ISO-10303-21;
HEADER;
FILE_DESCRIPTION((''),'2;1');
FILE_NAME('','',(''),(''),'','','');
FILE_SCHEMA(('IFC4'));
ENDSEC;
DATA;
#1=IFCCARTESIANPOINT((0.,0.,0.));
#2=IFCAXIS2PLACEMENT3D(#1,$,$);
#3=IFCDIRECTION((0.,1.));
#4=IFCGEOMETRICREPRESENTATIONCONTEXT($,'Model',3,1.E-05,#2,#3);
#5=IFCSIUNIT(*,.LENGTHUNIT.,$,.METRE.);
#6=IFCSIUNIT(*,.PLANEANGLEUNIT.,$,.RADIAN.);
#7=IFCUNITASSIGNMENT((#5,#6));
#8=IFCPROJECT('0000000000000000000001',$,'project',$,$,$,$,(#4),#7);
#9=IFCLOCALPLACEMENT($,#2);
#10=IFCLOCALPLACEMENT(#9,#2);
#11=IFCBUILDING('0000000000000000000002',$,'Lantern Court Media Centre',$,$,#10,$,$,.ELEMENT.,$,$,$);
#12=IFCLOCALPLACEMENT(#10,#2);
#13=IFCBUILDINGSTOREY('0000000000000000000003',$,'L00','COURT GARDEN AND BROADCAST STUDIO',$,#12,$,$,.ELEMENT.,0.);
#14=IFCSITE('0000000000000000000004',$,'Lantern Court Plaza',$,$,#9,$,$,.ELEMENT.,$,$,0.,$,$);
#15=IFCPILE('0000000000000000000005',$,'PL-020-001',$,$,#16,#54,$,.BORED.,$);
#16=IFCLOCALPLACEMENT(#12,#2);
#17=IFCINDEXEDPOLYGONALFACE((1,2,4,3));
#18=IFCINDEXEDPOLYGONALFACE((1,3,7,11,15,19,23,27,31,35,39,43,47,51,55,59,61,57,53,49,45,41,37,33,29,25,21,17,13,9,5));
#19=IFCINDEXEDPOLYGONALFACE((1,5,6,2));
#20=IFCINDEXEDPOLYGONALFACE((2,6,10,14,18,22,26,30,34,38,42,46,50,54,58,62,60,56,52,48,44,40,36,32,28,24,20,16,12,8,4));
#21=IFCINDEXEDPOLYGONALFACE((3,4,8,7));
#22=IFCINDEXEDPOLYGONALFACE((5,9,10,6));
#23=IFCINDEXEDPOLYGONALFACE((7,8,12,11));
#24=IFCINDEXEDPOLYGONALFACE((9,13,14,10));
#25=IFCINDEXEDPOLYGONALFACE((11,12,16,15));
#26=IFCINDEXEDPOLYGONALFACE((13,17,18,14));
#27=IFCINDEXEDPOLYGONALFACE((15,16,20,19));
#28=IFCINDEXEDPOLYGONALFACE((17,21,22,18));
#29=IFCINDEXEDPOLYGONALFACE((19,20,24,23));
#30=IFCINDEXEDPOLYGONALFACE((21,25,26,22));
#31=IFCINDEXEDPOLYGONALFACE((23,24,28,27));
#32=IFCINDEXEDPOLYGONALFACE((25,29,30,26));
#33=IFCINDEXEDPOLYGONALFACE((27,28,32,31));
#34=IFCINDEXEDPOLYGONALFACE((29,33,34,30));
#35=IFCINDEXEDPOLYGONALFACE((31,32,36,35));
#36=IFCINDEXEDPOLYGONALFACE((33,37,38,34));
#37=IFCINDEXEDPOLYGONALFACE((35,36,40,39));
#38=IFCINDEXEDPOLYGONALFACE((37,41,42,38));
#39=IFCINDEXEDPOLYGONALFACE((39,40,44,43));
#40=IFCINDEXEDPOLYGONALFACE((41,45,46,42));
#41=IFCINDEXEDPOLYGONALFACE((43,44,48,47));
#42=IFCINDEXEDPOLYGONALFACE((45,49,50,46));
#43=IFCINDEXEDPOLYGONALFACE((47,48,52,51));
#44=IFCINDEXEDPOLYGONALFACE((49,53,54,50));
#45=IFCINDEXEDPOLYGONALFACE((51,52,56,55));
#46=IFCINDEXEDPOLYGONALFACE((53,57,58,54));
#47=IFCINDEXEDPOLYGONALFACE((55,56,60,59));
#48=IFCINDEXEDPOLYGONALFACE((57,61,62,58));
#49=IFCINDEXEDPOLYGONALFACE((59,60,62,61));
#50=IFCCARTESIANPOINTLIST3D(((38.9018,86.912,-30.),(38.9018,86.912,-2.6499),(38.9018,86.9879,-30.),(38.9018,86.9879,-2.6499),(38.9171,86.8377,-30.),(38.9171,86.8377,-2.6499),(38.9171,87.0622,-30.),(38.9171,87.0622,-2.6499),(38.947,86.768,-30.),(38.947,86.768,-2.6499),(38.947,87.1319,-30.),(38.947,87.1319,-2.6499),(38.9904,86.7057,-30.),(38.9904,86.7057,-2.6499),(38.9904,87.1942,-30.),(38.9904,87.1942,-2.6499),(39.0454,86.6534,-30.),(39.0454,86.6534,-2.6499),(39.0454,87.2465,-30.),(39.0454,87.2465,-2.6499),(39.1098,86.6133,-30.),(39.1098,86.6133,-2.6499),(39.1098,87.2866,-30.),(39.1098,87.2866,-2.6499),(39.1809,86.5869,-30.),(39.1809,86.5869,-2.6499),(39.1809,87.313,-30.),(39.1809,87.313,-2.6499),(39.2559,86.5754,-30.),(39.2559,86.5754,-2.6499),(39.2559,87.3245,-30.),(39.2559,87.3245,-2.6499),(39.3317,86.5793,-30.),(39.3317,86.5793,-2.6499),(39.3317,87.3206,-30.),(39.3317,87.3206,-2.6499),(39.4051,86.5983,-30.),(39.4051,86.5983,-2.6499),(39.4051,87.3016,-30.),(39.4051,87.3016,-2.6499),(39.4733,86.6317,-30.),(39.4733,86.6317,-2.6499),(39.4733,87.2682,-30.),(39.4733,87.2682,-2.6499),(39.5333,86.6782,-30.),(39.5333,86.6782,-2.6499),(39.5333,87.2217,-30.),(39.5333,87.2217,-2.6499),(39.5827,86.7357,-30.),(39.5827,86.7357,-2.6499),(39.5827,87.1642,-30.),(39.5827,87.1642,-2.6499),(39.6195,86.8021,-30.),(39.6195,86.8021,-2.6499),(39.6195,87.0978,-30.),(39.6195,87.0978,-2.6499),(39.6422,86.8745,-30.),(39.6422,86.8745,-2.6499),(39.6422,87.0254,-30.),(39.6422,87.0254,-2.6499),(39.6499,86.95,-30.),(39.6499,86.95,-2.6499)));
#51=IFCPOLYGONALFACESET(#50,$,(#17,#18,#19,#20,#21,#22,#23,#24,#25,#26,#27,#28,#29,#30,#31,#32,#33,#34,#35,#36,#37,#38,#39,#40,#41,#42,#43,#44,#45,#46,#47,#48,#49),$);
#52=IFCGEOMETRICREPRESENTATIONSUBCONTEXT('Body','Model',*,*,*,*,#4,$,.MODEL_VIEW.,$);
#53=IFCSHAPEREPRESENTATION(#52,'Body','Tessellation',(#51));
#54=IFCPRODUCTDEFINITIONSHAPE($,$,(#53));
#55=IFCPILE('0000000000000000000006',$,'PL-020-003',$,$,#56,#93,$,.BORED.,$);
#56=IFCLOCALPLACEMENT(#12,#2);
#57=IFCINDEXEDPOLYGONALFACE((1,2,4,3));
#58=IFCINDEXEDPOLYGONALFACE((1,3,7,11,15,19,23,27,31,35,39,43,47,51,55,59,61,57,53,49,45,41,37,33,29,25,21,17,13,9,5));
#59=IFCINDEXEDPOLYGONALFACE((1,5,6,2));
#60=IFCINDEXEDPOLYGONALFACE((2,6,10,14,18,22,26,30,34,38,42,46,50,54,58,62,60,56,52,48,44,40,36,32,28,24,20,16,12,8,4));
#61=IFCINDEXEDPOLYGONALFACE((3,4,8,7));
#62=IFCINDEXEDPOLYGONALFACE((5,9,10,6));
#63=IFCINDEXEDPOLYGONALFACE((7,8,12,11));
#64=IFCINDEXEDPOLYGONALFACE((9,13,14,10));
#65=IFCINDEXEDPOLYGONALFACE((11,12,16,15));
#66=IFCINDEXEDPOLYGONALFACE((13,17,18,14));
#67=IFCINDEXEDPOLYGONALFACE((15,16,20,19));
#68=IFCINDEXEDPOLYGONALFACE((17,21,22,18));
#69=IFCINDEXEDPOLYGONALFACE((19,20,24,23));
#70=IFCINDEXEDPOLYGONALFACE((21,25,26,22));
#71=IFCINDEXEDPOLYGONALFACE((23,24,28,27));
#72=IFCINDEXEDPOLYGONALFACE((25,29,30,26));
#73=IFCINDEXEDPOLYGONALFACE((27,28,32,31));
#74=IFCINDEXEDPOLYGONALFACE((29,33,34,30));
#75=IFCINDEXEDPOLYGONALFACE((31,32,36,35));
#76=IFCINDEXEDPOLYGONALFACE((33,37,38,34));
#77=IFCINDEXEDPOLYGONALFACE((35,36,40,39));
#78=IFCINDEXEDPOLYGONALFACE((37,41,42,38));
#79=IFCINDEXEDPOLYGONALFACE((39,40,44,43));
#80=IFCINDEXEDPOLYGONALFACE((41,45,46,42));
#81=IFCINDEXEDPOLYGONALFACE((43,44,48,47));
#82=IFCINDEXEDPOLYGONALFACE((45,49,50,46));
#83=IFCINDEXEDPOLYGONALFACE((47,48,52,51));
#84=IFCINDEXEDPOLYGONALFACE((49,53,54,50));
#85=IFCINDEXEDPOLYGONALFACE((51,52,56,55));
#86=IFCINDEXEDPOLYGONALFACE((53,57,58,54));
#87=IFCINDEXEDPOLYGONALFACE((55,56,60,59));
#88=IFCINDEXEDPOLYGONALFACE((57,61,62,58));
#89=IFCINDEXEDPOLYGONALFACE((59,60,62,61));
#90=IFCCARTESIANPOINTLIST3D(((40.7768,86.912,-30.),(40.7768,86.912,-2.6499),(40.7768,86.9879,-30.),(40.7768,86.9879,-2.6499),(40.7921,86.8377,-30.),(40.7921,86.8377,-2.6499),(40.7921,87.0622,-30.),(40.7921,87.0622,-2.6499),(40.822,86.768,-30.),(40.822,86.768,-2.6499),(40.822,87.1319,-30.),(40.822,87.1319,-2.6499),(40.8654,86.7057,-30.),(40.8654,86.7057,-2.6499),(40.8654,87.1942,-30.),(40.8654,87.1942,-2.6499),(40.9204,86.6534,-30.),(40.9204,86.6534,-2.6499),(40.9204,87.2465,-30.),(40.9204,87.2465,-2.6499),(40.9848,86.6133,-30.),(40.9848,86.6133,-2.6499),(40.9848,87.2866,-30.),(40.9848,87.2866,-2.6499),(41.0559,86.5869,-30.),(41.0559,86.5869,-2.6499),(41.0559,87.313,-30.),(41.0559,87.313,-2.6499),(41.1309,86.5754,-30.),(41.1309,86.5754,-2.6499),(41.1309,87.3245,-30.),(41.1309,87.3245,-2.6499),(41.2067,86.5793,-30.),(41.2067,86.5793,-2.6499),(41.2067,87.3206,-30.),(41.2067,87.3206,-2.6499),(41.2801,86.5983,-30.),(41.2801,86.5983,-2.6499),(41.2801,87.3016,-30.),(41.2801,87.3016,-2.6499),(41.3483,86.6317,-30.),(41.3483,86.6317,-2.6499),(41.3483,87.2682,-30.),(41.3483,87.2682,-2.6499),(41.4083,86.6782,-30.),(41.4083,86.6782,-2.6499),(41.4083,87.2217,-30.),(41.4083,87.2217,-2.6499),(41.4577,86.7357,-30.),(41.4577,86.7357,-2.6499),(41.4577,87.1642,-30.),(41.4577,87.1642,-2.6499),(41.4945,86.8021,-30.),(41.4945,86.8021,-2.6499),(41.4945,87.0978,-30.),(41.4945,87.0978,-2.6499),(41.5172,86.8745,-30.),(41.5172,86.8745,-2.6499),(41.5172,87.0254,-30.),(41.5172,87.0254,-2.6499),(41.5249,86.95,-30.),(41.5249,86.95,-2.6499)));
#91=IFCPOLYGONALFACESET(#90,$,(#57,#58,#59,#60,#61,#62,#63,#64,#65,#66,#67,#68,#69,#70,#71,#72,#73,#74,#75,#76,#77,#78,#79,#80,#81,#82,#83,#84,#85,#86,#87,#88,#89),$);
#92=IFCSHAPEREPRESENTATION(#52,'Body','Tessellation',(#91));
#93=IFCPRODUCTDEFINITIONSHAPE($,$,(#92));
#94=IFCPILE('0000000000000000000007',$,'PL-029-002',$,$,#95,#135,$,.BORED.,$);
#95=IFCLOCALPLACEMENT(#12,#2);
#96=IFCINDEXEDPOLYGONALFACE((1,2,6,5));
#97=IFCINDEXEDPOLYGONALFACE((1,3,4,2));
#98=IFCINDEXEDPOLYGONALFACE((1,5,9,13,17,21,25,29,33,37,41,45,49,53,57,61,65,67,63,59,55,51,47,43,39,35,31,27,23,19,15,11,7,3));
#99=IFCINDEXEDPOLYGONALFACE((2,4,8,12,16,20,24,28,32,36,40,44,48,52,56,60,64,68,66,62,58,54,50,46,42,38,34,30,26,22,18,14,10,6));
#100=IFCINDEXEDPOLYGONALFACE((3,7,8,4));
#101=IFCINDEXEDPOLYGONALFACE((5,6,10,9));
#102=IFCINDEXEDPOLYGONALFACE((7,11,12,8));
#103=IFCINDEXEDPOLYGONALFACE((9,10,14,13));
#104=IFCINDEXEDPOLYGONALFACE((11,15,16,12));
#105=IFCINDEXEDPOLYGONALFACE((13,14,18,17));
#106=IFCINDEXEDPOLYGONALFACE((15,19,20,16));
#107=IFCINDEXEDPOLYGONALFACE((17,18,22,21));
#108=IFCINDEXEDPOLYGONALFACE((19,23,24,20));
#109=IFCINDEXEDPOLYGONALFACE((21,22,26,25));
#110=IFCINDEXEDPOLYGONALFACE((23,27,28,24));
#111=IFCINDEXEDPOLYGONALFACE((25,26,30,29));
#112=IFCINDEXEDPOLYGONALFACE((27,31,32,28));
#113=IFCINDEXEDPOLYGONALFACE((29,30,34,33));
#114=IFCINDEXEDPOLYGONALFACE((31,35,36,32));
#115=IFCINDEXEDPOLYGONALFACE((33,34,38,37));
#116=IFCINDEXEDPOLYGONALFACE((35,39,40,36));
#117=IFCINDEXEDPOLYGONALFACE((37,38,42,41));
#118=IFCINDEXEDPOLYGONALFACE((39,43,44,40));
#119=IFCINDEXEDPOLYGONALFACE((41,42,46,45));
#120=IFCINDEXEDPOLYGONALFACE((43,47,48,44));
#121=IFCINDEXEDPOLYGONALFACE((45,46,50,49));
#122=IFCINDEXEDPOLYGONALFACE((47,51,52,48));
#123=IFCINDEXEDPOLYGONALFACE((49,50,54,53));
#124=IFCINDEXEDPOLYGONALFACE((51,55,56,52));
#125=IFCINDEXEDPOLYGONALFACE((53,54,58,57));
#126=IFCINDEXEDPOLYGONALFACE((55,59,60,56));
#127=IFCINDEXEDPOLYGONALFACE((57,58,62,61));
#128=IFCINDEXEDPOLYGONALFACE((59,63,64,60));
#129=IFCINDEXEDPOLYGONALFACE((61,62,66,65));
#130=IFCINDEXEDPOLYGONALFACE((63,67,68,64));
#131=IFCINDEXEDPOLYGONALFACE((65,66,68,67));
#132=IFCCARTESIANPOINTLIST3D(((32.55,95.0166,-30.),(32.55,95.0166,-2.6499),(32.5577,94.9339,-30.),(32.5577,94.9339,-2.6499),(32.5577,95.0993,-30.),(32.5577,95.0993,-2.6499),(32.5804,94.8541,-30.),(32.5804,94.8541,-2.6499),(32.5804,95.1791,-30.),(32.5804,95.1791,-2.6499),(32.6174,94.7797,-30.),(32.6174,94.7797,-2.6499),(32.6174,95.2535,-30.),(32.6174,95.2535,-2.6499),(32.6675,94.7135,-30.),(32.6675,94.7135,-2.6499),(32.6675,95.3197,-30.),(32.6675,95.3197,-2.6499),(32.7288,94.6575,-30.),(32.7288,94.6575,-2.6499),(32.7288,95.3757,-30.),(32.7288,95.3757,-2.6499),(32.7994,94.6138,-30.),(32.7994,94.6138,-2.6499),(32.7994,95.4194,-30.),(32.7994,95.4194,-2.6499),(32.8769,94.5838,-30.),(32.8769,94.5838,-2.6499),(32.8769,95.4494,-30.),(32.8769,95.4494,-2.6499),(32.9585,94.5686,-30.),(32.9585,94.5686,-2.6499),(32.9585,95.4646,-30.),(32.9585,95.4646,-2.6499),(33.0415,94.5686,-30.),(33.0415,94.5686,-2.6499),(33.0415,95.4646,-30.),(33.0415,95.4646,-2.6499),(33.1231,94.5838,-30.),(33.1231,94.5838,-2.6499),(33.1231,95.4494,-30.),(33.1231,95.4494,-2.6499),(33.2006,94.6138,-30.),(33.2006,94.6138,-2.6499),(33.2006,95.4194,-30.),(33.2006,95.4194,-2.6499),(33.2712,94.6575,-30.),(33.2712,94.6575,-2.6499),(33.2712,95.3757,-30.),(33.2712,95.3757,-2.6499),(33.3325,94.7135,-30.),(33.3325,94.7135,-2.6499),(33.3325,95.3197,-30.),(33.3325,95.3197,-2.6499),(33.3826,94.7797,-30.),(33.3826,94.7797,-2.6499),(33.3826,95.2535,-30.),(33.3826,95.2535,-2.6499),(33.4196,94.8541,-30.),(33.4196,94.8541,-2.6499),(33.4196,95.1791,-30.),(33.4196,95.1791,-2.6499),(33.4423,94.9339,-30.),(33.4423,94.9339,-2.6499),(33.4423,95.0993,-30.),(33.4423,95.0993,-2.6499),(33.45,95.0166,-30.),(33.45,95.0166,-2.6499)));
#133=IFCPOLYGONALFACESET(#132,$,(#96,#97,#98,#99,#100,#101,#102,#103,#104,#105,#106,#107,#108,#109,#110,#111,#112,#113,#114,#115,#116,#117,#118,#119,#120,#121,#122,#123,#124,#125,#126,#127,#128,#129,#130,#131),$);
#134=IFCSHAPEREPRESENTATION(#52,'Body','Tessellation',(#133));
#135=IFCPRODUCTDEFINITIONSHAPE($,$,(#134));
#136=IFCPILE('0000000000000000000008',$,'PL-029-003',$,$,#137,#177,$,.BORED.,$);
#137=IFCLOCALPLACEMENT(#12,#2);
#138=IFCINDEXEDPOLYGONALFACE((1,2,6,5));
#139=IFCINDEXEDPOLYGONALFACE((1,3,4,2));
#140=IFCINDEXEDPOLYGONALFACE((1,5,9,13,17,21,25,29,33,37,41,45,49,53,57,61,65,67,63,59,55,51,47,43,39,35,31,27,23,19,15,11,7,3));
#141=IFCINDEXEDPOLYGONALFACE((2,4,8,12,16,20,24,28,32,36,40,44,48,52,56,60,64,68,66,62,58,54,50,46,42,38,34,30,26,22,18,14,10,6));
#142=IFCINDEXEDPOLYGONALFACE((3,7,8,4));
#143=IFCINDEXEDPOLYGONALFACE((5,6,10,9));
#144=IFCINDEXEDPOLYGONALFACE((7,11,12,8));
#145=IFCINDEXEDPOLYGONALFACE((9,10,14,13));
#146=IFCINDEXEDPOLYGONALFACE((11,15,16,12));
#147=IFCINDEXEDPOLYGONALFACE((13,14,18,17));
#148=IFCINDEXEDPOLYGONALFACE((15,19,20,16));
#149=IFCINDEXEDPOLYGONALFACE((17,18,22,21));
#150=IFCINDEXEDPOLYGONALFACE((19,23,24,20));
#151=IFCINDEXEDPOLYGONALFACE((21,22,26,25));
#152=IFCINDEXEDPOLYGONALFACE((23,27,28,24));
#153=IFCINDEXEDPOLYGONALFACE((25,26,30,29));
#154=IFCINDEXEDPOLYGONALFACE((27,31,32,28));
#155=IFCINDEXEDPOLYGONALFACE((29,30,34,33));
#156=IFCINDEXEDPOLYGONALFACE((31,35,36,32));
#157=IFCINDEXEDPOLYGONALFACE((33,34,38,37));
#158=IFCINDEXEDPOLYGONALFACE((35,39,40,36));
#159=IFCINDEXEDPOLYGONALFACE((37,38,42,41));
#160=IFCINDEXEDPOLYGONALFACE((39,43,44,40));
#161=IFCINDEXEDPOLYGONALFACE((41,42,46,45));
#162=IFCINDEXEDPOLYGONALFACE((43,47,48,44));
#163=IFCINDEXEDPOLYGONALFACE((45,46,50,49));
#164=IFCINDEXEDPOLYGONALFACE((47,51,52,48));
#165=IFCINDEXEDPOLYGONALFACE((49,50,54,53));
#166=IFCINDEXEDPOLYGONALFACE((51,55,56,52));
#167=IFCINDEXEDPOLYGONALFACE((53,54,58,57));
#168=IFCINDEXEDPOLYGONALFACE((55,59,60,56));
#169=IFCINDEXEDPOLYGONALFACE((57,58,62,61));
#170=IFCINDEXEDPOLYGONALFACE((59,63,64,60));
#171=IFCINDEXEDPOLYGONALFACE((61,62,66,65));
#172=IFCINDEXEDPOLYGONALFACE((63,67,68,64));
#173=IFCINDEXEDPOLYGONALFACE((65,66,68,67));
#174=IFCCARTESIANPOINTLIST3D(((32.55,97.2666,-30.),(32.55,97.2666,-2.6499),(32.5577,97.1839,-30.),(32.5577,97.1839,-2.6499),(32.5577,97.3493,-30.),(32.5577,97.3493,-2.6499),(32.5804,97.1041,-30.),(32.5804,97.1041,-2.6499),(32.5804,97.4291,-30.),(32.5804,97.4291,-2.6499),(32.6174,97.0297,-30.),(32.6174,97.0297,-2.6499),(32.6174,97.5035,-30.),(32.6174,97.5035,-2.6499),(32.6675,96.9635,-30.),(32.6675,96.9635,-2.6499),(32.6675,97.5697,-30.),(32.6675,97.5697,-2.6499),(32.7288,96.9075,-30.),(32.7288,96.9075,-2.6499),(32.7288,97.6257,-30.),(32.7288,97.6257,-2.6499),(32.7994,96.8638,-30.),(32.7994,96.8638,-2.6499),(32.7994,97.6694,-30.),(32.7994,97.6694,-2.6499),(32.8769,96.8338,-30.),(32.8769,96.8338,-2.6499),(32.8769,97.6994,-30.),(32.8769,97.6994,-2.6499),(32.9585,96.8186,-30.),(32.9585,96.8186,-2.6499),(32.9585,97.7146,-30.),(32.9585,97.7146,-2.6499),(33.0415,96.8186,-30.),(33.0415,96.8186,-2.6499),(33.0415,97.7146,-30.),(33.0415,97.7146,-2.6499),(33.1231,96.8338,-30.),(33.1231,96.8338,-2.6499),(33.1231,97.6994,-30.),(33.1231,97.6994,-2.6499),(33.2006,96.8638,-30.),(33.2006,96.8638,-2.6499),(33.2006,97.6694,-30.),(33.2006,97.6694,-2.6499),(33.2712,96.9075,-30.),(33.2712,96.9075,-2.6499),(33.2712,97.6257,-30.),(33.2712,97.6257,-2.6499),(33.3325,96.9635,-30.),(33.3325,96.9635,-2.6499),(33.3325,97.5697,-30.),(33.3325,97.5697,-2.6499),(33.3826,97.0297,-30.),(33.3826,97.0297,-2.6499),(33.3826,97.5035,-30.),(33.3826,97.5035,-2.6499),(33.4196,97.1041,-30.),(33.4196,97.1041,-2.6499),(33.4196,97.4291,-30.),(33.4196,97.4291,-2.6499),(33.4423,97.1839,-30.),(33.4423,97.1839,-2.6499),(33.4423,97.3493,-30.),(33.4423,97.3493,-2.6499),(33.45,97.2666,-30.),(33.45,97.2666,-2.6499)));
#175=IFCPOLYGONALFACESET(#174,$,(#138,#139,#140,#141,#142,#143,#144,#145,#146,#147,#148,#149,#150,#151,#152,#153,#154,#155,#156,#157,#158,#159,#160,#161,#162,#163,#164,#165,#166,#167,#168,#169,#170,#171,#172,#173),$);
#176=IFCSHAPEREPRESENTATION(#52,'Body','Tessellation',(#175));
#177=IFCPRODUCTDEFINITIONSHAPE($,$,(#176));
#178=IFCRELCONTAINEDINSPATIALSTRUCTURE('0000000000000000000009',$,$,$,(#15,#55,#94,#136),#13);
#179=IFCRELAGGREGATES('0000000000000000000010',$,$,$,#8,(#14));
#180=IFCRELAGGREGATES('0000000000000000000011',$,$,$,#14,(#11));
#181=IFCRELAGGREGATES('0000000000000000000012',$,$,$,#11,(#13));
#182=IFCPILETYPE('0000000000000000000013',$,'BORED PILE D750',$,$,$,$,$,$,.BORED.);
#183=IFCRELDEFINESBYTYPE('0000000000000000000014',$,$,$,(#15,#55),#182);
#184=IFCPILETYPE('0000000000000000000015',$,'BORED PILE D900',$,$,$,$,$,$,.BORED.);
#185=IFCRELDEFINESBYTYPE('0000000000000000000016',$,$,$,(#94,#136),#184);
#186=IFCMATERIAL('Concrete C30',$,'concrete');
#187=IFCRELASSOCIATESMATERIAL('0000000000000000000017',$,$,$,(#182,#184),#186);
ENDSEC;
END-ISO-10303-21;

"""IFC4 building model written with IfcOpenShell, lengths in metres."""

from ifc_helpers import new_model, si_unit, direction, frame, origin, origin_2d, place, context, subcontext, project, spatial, circle, extrude, material, material_profile, profile_set, type_object, element, save


model = new_model("IFC4")

# Units and contexts
model_context = context("Model", 3, precision=1e-05, world=origin(), true_north=direction((0.0, 1.0)))
body_context = subcontext(model_context, "Body", "Model", "MODEL_VIEW")
ifc_project = project(units=[si_unit("LENGTHUNIT", "METRE"), si_unit("PLANEANGLEUNIT", "RADIAN")], contexts=[model_context])

# Site, building, storey
site_placement = place(None, origin())
site = spatial("IfcSite", under=ifc_project, at=site_placement, Name="Lantern Court Plaza", CompositionType="ELEMENT", RefElevation=0.0)
building_placement = place(site_placement, origin())
building = spatial("IfcBuilding", under=site, at=building_placement, Name="Lantern Court Media Centre", CompositionType="ELEMENT")
storey_placement = place(building_placement, origin())
storey = spatial("IfcBuildingStorey", under=building, at=storey_placement, Name="L00", Description="COURT GARDEN AND BROADCAST STUDIO", CompositionType="ELEMENT", Elevation=0.0)

# Piles
ifc_material_1 = material(Name="Concrete C30", Category="concrete")
ifc_material_profile_1 = material_profile(ifc_material_1, circle(Radius=0.375, at=origin_2d()), Name="D750")
ifc_profile_set_1 = profile_set([ifc_material_profile_1], Name="Concrete C30")
pile_type_1 = type_object("IfcPileType", Name="BORED PILE D750", PredefinedType="BORED", material=ifc_profile_set_1)
for number, where, z_axis, x_axis, name in (
    (1, (39.2749, 86.95, -2.6499), (0.0, 0.0, -1.0), (1.0, 0.0, 0.0), "PL-020-001"),
    (2, (41.1499, 86.95, -2.6499), (0.0, 0.0, -1.0), (1.0, 0.0, 0.0), "PL-020-003"),
):
    element("IfcPile", number, at=place(storey_placement, frame(where, z_axis=z_axis, x_axis=x_axis)), inside=storey, type_object=pile_type_1, Name=name, PredefinedType="BORED", context=body_context, shape_type="SweptSolid", body=[
        extrude(circle(Radius=0.375, at=origin_2d()), origin(), (0.0, 0.0, 1.0), 27.3501),
    ])
ifc_material_profile_2 = material_profile(ifc_material_1, circle(Radius=0.45, at=origin_2d()), Name="D900")
ifc_profile_set_2 = profile_set([ifc_material_profile_2], Name="Concrete C30")
pile_type_2 = type_object("IfcPileType", Name="BORED PILE D900", PredefinedType="BORED", material=ifc_profile_set_2)
for number, where, z_axis, x_axis, name in (
    (3, (33.0, 95.0166, -2.6499), (0.0, 0.0, -1.0), (1.0, 0.0, 0.0), "PL-029-002"),
    (4, (33.0, 97.2666, -2.6499), (0.0, 0.0, -1.0), (1.0, 0.0, 0.0), "PL-029-003"),
):
    element("IfcPile", number, at=place(storey_placement, frame(where, z_axis=z_axis, x_axis=x_axis)), inside=storey, type_object=pile_type_2, Name=name, PredefinedType="BORED", context=body_context, shape_type="SweptSolid", body=[
        extrude(circle(Radius=0.45, at=origin_2d()), origin(), (0.0, 0.0, 1.0), 27.3501),
    ])

save(model, "model.ifc")
